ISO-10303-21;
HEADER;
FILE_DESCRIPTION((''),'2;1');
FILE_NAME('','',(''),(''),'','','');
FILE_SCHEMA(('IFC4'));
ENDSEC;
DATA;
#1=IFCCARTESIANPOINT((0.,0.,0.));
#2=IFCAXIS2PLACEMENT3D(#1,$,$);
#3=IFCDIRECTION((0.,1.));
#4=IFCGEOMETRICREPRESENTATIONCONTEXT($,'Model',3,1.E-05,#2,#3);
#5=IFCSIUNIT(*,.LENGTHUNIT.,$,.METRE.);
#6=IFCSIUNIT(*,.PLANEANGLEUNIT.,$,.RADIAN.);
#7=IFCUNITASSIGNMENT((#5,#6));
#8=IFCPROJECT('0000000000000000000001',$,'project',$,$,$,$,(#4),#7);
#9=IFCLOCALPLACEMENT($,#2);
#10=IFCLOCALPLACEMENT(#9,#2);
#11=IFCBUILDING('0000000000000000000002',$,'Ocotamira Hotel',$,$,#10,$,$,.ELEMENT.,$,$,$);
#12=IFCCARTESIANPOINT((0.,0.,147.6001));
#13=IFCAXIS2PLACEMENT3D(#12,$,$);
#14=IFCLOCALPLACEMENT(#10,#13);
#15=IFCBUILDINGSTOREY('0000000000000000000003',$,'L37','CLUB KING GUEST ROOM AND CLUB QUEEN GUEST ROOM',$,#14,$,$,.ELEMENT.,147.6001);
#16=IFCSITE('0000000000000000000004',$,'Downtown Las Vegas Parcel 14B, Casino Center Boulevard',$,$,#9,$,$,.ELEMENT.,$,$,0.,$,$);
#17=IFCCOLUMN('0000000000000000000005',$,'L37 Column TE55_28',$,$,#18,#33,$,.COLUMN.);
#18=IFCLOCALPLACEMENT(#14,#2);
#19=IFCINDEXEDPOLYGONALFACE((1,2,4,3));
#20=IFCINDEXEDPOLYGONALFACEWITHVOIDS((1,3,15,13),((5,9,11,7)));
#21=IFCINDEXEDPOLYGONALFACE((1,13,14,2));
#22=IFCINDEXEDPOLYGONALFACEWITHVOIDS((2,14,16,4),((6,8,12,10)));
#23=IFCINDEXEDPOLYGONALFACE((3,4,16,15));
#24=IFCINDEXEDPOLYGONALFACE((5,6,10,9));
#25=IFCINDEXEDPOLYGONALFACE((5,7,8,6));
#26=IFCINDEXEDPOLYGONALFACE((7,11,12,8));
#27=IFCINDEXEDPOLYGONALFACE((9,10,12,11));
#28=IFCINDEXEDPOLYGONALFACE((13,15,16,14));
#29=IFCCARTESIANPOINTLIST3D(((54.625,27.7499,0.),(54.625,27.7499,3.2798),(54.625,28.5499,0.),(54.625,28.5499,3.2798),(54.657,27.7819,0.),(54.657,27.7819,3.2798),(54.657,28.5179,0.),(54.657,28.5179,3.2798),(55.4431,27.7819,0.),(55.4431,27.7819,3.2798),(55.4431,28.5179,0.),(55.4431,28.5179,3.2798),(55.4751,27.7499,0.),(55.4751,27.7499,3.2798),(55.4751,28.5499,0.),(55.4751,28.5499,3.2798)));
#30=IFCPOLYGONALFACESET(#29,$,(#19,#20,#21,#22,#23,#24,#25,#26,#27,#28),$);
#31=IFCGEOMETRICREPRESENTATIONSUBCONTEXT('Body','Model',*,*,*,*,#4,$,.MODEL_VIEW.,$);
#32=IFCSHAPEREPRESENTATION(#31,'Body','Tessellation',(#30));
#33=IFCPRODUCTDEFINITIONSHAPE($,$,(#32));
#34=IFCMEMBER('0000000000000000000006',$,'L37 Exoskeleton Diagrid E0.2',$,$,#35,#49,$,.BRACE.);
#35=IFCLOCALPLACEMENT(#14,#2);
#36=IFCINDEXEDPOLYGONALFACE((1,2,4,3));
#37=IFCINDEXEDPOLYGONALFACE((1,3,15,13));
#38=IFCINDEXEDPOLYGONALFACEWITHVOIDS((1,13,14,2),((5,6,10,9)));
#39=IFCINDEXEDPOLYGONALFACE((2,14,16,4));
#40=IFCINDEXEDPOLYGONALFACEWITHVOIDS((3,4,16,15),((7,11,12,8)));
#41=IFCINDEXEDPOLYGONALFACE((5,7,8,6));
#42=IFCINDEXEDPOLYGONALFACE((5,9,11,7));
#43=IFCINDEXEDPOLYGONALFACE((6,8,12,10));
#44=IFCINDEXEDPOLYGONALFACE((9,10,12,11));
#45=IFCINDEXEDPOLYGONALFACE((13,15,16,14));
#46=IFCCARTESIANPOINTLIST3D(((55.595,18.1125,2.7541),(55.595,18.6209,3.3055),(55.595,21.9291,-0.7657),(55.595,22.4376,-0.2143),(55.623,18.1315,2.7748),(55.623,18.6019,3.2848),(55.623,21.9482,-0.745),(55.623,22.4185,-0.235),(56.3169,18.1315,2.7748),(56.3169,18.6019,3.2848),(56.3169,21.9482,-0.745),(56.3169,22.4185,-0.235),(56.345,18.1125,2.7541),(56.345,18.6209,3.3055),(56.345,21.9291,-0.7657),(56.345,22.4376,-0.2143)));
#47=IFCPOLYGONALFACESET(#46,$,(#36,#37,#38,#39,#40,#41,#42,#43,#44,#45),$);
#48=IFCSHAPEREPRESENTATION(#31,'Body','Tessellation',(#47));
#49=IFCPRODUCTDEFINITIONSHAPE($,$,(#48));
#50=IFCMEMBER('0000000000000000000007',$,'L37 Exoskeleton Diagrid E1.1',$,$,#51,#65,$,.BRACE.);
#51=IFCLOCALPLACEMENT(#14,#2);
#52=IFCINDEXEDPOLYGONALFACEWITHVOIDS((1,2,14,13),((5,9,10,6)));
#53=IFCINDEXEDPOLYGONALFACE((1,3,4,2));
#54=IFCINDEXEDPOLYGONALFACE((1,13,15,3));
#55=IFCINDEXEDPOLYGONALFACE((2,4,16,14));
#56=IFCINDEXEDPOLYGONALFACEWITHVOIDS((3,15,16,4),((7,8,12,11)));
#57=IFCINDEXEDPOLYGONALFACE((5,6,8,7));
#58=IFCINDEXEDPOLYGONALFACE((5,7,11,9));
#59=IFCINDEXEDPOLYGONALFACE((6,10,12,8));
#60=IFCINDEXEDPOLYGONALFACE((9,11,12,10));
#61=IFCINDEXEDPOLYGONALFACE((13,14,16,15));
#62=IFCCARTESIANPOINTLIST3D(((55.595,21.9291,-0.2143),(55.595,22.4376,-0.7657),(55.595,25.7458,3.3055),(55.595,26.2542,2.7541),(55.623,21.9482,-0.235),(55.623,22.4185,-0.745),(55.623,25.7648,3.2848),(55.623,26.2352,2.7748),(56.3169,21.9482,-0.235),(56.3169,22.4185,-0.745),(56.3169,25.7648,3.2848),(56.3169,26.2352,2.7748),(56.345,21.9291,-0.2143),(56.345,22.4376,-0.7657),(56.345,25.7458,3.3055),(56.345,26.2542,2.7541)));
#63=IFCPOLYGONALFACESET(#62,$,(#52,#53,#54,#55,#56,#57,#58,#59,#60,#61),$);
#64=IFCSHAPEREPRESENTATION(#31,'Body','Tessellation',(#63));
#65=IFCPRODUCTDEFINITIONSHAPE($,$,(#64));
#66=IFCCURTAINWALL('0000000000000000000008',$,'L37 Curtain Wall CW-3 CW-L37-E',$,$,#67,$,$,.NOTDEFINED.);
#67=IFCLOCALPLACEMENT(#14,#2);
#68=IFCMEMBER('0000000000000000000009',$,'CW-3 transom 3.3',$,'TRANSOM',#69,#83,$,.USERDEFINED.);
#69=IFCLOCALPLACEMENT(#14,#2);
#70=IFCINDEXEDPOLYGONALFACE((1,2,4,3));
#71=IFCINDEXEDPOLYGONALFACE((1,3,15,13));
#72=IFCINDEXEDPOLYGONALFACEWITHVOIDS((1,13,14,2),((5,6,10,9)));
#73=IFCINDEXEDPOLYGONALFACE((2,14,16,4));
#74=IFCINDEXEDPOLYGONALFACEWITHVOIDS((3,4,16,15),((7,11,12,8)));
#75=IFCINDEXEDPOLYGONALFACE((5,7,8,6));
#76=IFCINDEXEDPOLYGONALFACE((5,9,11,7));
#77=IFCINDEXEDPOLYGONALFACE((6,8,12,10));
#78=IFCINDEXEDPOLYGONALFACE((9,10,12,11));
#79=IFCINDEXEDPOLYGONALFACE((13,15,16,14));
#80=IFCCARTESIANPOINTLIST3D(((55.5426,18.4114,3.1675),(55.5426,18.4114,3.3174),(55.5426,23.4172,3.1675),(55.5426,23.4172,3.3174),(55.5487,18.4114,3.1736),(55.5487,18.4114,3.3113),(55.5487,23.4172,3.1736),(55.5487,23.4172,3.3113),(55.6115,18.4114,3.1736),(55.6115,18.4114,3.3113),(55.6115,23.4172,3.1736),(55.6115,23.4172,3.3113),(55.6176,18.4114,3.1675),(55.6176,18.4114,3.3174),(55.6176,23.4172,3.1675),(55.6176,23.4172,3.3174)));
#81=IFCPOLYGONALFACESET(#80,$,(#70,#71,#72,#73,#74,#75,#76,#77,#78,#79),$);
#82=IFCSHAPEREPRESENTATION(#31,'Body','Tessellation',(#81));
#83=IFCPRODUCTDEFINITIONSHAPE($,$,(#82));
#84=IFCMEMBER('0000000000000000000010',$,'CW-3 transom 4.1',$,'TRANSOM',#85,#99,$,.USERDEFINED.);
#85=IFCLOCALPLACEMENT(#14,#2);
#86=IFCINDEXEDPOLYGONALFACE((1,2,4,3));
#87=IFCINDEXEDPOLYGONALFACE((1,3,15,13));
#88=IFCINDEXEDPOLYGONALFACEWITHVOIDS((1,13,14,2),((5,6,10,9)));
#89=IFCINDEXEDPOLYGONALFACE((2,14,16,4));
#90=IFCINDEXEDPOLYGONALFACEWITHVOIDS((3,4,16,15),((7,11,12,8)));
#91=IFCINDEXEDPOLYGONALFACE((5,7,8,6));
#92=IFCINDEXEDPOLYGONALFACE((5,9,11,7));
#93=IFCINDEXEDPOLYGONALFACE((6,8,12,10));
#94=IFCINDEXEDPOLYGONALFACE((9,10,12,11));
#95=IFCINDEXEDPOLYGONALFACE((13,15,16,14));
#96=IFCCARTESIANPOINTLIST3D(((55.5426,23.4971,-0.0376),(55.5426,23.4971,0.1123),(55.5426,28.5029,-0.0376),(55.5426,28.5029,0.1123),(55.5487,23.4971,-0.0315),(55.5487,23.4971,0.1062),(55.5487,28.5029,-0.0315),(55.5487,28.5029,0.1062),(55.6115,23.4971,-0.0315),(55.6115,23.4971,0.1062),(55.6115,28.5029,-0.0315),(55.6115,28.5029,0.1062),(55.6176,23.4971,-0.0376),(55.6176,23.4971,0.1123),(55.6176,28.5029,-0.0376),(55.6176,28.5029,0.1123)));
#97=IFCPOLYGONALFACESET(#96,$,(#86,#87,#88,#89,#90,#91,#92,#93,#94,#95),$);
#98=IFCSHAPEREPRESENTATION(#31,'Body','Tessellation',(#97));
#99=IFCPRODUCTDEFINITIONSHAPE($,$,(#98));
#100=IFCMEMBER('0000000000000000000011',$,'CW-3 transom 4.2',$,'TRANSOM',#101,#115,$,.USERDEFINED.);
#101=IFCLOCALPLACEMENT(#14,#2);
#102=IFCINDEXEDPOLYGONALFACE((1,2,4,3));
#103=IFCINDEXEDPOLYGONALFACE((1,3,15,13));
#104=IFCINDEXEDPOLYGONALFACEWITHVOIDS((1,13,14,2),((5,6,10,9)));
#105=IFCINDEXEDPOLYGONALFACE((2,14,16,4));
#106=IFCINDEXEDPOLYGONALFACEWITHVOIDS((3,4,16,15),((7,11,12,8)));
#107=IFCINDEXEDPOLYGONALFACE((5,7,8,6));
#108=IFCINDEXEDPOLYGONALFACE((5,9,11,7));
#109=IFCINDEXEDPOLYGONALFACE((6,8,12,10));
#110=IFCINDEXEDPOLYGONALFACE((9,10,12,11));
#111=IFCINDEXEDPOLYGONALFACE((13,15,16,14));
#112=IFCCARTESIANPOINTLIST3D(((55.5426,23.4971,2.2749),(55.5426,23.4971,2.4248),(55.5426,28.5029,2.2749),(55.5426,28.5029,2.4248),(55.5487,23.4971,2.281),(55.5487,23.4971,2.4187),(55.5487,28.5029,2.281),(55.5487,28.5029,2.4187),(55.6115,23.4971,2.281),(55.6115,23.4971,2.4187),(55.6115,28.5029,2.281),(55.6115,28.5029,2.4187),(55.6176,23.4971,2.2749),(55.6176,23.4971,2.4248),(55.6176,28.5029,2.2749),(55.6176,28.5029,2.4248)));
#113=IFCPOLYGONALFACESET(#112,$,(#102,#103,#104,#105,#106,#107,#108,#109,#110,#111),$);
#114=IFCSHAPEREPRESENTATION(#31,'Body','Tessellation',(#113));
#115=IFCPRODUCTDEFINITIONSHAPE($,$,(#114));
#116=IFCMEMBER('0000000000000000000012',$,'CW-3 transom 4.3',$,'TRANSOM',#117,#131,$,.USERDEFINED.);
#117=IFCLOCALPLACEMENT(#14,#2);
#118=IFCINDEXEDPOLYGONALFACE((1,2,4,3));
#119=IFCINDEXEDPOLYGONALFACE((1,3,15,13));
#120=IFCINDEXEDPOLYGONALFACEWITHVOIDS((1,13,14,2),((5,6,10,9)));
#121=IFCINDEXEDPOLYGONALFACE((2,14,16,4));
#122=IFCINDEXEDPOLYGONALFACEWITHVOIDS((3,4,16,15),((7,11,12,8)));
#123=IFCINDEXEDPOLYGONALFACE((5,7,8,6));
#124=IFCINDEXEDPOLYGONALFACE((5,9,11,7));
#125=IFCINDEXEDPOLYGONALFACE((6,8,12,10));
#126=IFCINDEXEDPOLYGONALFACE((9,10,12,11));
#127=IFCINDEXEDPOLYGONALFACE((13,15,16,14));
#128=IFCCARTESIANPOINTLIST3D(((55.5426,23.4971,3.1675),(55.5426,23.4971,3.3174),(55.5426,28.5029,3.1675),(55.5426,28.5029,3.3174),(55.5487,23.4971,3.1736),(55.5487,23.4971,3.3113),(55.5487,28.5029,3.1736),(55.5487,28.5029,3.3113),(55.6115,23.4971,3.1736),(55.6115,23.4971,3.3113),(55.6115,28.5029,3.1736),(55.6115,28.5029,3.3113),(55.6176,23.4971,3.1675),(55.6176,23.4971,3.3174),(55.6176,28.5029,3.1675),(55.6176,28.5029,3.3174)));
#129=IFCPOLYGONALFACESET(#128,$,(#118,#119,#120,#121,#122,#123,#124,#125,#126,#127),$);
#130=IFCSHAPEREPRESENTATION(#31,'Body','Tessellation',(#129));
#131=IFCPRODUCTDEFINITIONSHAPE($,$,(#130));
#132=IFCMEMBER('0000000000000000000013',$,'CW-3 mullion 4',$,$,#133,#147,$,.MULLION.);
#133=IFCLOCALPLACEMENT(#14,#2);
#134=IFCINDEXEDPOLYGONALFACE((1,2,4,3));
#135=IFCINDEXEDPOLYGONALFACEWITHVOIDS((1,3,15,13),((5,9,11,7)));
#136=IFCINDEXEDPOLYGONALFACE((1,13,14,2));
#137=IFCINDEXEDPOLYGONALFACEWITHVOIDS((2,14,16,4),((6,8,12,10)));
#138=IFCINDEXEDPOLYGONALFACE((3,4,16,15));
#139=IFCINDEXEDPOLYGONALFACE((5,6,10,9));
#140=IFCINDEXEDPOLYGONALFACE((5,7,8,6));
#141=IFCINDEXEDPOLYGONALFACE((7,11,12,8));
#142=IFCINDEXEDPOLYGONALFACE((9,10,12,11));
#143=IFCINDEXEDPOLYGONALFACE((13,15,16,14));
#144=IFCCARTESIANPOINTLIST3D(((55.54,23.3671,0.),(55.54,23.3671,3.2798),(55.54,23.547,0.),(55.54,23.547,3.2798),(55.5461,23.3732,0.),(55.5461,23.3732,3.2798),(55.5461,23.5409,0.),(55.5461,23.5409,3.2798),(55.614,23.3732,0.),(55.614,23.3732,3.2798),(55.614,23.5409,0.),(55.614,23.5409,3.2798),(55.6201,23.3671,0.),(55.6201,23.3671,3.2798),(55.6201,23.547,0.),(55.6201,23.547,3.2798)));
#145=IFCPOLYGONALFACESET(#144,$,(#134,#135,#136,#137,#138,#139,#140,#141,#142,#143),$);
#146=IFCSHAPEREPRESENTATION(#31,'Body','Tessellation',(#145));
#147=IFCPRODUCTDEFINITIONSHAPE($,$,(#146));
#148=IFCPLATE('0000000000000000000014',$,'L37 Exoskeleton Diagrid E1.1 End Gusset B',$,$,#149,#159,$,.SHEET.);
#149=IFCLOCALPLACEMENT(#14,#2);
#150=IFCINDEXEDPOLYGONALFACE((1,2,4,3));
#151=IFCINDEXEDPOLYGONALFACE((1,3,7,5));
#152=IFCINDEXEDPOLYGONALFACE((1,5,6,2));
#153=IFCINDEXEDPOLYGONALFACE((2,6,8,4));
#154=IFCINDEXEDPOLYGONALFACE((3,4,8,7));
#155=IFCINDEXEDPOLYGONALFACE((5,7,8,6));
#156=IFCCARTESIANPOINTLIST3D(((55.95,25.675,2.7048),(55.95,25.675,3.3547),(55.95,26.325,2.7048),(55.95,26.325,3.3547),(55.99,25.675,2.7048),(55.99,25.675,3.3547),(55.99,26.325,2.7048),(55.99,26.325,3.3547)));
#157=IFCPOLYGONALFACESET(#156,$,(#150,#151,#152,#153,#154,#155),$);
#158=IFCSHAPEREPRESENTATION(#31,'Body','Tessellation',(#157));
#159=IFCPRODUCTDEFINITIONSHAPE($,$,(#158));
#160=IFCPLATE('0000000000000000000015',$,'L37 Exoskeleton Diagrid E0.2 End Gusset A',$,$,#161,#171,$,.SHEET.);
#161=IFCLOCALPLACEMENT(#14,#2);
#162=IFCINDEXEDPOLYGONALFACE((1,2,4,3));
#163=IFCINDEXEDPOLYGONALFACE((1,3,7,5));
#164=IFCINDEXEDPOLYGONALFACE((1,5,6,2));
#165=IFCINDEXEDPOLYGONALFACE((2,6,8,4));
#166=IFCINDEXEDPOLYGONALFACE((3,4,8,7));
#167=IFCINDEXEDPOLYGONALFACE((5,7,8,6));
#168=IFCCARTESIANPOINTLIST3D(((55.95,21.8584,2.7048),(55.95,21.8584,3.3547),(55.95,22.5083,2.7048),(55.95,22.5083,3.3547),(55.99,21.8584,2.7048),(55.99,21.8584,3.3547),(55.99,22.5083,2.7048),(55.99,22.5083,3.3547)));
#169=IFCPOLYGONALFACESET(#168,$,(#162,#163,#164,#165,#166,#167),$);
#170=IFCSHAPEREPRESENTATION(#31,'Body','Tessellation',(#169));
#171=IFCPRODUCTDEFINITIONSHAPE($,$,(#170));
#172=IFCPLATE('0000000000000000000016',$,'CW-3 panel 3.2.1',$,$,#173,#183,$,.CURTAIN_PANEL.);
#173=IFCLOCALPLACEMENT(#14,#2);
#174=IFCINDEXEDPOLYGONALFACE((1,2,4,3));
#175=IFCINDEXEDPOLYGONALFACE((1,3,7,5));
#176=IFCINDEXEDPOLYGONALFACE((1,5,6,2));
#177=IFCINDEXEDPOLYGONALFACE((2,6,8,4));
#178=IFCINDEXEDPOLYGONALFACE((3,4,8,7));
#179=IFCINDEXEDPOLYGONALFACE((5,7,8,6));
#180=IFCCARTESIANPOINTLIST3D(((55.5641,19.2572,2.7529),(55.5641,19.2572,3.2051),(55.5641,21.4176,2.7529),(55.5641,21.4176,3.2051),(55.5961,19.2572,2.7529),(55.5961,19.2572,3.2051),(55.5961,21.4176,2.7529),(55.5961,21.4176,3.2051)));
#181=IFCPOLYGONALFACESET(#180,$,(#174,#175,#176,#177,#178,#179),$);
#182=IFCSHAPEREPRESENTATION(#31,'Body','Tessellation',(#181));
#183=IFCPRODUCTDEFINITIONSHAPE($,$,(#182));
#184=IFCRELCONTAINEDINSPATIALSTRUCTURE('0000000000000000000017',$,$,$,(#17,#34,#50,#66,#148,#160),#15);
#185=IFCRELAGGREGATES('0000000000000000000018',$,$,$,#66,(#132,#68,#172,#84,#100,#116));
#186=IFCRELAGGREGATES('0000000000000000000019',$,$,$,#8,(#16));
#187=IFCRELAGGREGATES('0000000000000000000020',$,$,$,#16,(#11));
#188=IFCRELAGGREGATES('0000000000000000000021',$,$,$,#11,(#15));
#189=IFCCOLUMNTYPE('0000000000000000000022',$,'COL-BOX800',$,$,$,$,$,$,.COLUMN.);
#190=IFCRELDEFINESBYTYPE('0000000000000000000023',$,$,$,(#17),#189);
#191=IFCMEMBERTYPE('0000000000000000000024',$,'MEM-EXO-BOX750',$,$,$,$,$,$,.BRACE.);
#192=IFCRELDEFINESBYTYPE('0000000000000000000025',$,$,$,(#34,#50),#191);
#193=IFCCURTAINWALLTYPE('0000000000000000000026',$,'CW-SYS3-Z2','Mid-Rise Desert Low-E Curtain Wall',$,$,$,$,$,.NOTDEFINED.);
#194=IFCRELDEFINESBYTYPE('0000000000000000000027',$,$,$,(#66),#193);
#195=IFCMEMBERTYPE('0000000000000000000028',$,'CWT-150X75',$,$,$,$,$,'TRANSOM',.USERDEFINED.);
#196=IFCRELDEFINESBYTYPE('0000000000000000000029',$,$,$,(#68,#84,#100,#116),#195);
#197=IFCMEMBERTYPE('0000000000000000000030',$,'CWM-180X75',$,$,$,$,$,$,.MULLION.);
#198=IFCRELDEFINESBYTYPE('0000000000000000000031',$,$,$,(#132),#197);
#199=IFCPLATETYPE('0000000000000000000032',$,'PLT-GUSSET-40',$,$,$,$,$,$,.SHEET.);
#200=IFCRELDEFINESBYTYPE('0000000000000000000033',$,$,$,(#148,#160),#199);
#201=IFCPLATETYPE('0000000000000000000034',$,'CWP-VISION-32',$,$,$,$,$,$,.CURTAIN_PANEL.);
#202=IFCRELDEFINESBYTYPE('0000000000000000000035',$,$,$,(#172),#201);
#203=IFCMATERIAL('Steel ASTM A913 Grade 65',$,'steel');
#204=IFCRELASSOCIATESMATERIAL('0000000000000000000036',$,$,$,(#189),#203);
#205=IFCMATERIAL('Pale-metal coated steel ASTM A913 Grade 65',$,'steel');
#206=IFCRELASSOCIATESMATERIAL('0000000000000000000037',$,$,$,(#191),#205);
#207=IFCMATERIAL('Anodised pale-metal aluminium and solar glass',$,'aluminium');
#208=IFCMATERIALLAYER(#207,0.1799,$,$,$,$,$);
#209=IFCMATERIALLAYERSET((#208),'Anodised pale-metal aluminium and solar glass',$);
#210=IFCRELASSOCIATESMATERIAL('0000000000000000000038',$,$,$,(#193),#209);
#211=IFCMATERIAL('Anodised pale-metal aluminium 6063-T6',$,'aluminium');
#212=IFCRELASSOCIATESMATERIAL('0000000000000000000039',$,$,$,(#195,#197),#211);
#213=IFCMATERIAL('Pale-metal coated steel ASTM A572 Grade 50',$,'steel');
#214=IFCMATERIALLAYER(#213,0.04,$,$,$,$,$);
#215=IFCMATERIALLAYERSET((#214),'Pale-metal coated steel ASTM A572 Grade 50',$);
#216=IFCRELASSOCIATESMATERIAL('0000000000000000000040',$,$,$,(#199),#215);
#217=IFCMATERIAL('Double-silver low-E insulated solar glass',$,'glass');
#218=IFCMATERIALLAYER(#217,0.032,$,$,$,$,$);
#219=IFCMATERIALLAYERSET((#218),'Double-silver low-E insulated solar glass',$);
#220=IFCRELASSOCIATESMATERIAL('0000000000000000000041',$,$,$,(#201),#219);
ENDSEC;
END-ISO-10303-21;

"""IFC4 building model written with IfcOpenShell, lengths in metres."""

from ifc_helpers import new_model, si_unit, direction, frame, origin, origin_2d, place, context, subcontext, project, spatial, rectangle, hollow_rectangle, extrude, source, transform, mapped, material, layer, layer_set, material_profile, profile_set, type_object, element, aggregate, save


model = new_model("IFC4")

# Units and contexts
model_context = context("Model", 3, precision=1e-05, world=origin(), true_north=direction((0.0, 1.0)))
body_context = subcontext(model_context, "Body", "Model", "MODEL_VIEW")
ifc_project = project(units=[si_unit("LENGTHUNIT", "METRE"), si_unit("PLANEANGLEUNIT", "RADIAN")], contexts=[model_context])

# Site, building, storey
site_placement = place(None, origin())
site = spatial("IfcSite", under=ifc_project, at=site_placement, Name="Downtown Las Vegas Parcel 14B, Casino Center Boulevard", CompositionType="ELEMENT", RefElevation=0.0)
building_placement = place(site_placement, origin())
building = spatial("IfcBuilding", under=site, at=building_placement, Name="Ocotamira Hotel", CompositionType="ELEMENT")
storey_placement = place(building_placement, frame((0.0, 0.0, 147.6001)))
storey = spatial("IfcBuildingStorey", under=building, at=storey_placement, Name="L37", Description="CLUB KING GUEST ROOM AND CLUB QUEEN GUEST ROOM", CompositionType="ELEMENT", Elevation=147.6001)

# Column
ifc_material_1 = material(Name="Steel ASTM A913 Grade 65", Category="steel")
ifc_material_profile_1 = material_profile(ifc_material_1, hollow_rectangle(XDim=0.8501, YDim=0.8, WallThickness=0.032, at=origin_2d()), Name="BOX800X850X32")
ifc_profile_set_1 = profile_set([ifc_material_profile_1], Name="Steel ASTM A913 Grade 65")
column_type = type_object("IfcColumnType", Name="COL-BOX800", PredefinedType="COLUMN", material=ifc_profile_set_1)
shared_shape_1 = source(origin(), body_context, "Body", "SweptSolid", [
    extrude(hollow_rectangle(XDim=0.8501, YDim=0.8, WallThickness=0.032, at=origin_2d()), origin(), (0.0, 0.0, 1.0), 3.2798),
])
column_placement = place(storey_placement, frame((55.05, 28.1499, 0.0), z_axis=(0.0, 0.0, 1.0), x_axis=(1.0, 0.0, 0.0)))
element("IfcColumn", 1, at=column_placement, inside=storey, type_object=column_type, Name="L37 Column TE55_28", PredefinedType="COLUMN", context=body_context, shape_type="MappedRepresentation", body=[
    mapped(shared_shape_1, transform((0.0, 0.0, 0.0), scale=1.0)),
])

# Members
ifc_material_2 = material(Name="Pale-metal coated steel ASTM A913 Grade 65", Category="steel")
ifc_material_profile_2 = material_profile(ifc_material_2, hollow_rectangle(XDim=0.75, YDim=0.75, WallThickness=0.0281, at=origin_2d()), Name="BOX750X750X28")
ifc_profile_set_2 = profile_set([ifc_material_profile_2], Name="Pale-metal coated steel ASTM A913 Grade 65")
member_type_1 = type_object("IfcMemberType", Name="MEM-EXO-BOX750", PredefinedType="BRACE", material=ifc_profile_set_2)
shared_shape_2 = source(origin(), body_context, "Body", "SweptSolid", [
    extrude(hollow_rectangle(XDim=0.75, YDim=0.75, WallThickness=0.0281, at=origin_2d()), origin(), (0.0, 0.0, 1.0), 5.1919),
])
for number, where, z_axis, x_axis, name in (
    (2, (55.97, 22.1833, -0.49), (0.0, -0.735119, 0.677938), (1.0, 0.0, 0.0), "L37 Exoskeleton Diagrid E0.2"),
    (3, (55.97, 22.1833, -0.49), (0.0, 0.735119, 0.677938), (-1.0, 0.0, 0.0), "L37 Exoskeleton Diagrid E1.1"),
):
    element("IfcMember", number, at=place(storey_placement, frame(where, z_axis=z_axis, x_axis=x_axis)), inside=storey, type_object=member_type_1, Name=name, PredefinedType="BRACE", context=body_context, shape_type="MappedRepresentation", body=[
        mapped(shared_shape_2, transform((0.0, 0.0, 0.0), scale=1.0)),
    ])

# Curtain wall, members
ifc_material_3 = material(Name="Anodised pale-metal aluminium and solar glass", Category="aluminium")
ifc_layer_1 = layer(ifc_material_3, 0.1799)
ifc_layer_set_1 = layer_set([ifc_layer_1], Name="Anodised pale-metal aluminium and solar glass")
curtain_wall_type = type_object("IfcCurtainWallType", Name="CW-SYS3-Z2", Description="Mid-Rise Desert Low-E Curtain Wall", PredefinedType="NOTDEFINED", material=ifc_layer_set_1)
curtain_wall_placement = place(storey_placement, origin())
curtain_wall = element("IfcCurtainWall", 4, at=curtain_wall_placement, inside=storey, type_object=curtain_wall_type, Name="L37 Curtain Wall CW-3 CW-L37-E", PredefinedType="NOTDEFINED")
ifc_material_4 = material(Name="Anodised pale-metal aluminium 6063-T6", Category="aluminium")
ifc_material_profile_3 = material_profile(ifc_material_4, hollow_rectangle(XDim=0.075, YDim=0.1499, WallThickness=0.0061, at=origin_2d()), Name="HSS150X75X6")
ifc_profile_set_3 = profile_set([ifc_material_profile_3], Name="Anodised pale-metal aluminium 6063-T6")
member_type_2 = type_object("IfcMemberType", Name="CWT-150X75", ElementType="TRANSOM", PredefinedType="USERDEFINED", material=ifc_profile_set_3)
shared_shape_3 = source(origin(), body_context, "Body", "SweptSolid", [
    extrude(hollow_rectangle(XDim=0.075, YDim=0.1499, WallThickness=0.0061, at=origin_2d()), origin(), (0.0, 0.0, 1.0), 5.0059),
])
member_1_placement = place(storey_placement, frame((55.5801, 18.4114, 3.2424), z_axis=(0.0, 1.0, 0.0), x_axis=(-1.0, 0.0, 0.0)))
member_1 = element("IfcMember", 5, at=member_1_placement, type_object=member_type_2, Name="CW-3 transom 3.3", ObjectType="TRANSOM", PredefinedType="USERDEFINED", context=body_context, shape_type="MappedRepresentation", body=[
    mapped(shared_shape_3, transform((0.0, 0.0, 0.0), scale=1.0)),
])
member_2_placement = place(storey_placement, frame((55.5801, 23.4971, 0.0374), z_axis=(0.0, 1.0, 0.0), x_axis=(-1.0, 0.0, 0.0)))
member_2 = element("IfcMember", 6, at=member_2_placement, type_object=member_type_2, Name="CW-3 transom 4.1", ObjectType="TRANSOM", PredefinedType="USERDEFINED", context=body_context, shape_type="MappedRepresentation", body=[
    mapped(shared_shape_3, transform((0.0, 0.0, 0.0), scale=1.0)),
])
member_3_placement = place(storey_placement, frame((55.5801, 23.4971, 2.3499), z_axis=(0.0, 1.0, 0.0), x_axis=(-1.0, 0.0, 0.0)))
member_3 = element("IfcMember", 7, at=member_3_placement, type_object=member_type_2, Name="CW-3 transom 4.2", ObjectType="TRANSOM", PredefinedType="USERDEFINED", context=body_context, shape_type="MappedRepresentation", body=[
    mapped(shared_shape_3, transform((0.0, 0.0, 0.0), scale=1.0)),
])
member_4_placement = place(storey_placement, frame((55.5801, 23.4971, 3.2424), z_axis=(0.0, 1.0, 0.0), x_axis=(-1.0, 0.0, 0.0)))
member_4 = element("IfcMember", 8, at=member_4_placement, type_object=member_type_2, Name="CW-3 transom 4.3", ObjectType="TRANSOM", PredefinedType="USERDEFINED", context=body_context, shape_type="MappedRepresentation", body=[
    mapped(shared_shape_3, transform((0.0, 0.0, 0.0), scale=1.0)),
])
ifc_material_profile_4 = material_profile(ifc_material_4, hollow_rectangle(XDim=0.0801, YDim=0.1799, WallThickness=0.0061, at=origin_2d()), Name="HSS180X80X6")
ifc_profile_set_4 = profile_set([ifc_material_profile_4], Name="Anodised pale-metal aluminium 6063-T6")
member_type_3 = type_object("IfcMemberType", Name="CWM-180X75", PredefinedType="MULLION", material=ifc_profile_set_4)
shared_shape_4 = source(origin(), body_context, "Body", "SweptSolid", [
    extrude(hollow_rectangle(XDim=0.0801, YDim=0.1799, WallThickness=0.0061, at=origin_2d()), origin(), (0.0, 0.0, 1.0), 3.2798),
])
member_5_placement = place(storey_placement, frame((55.5801, 23.457, 0.0), z_axis=(0.0, 0.0, 1.0), x_axis=(-1.0, 0.0, 0.0)))
member_5 = element("IfcMember", 9, at=member_5_placement, type_object=member_type_3, Name="CW-3 mullion 4", PredefinedType="MULLION", context=body_context, shape_type="MappedRepresentation", body=[
    mapped(shared_shape_4, transform((0.0, 0.0, 0.0), scale=1.0)),
])

# Plates
ifc_material_5 = material(Name="Pale-metal coated steel ASTM A572 Grade 50", Category="steel")
ifc_layer_2 = layer(ifc_material_5, 0.04)
ifc_layer_set_2 = layer_set([ifc_layer_2], Name="Pale-metal coated steel ASTM A572 Grade 50")
plate_type_1 = type_object("IfcPlateType", Name="PLT-GUSSET-40", PredefinedType="SHEET", material=ifc_layer_set_2)
shared_shape_5 = source(origin(), body_context, "Body", "SweptSolid", [
    extrude(rectangle(XDim=0.04, YDim=0.6499, at=origin_2d()), origin(), (0.0, 0.0, 1.0), 0.6499),
])
for number, where, z_axis, x_axis, name in (
    (10, (55.97, 26.0, 2.7048), (0.0, 0.0, 1.0), (1.0, 0.0, 0.0), "L37 Exoskeleton Diagrid E1.1 End Gusset B"),
    (11, (55.97, 22.1833, 2.7048), (0.0, 0.0, 1.0), (1.0, 0.0, 0.0), "L37 Exoskeleton Diagrid E0.2 End Gusset A"),
):
    element("IfcPlate", number, at=place(storey_placement, frame(where, z_axis=z_axis, x_axis=x_axis)), inside=storey, type_object=plate_type_1, Name=name, PredefinedType="SHEET", context=body_context, shape_type="MappedRepresentation", body=[
        mapped(shared_shape_5, transform((0.0, 0.0, 0.0), scale=1.0)),
    ])

# Plate
ifc_material_6 = material(Name="Double-silver low-E insulated solar glass", Category="glass")
ifc_layer_3 = layer(ifc_material_6, 0.032)
ifc_layer_set_3 = layer_set([ifc_layer_3], Name="Double-silver low-E insulated solar glass")
plate_type_2 = type_object("IfcPlateType", Name="CWP-VISION-32", PredefinedType="CURTAIN_PANEL", material=ifc_layer_set_3)
shared_shape_6 = source(origin(), body_context, "Body", "SweptSolid", [
    extrude(rectangle(XDim=2.1604, YDim=0.032, at=origin_2d()), origin(), (0.0, 0.0, 1.0), 0.4521),
])
plate_1_placement = place(storey_placement, frame((55.5801, 20.3374, 2.7529), z_axis=(0.0, 0.0, 1.0), x_axis=(0.0, 1.0, 0.0)))
plate_1 = element("IfcPlate", 12, at=plate_1_placement, type_object=plate_type_2, Name="CW-3 panel 3.2.1", PredefinedType="CURTAIN_PANEL", context=body_context, shape_type="MappedRepresentation", body=[
    mapped(shared_shape_6, transform((0.0, 0.0, 0.0), scale=1.0)),
])
aggregate(curtain_wall, [member_5, member_1, plate_1, member_2, member_3, member_4])

save(model, "model.ifc")
